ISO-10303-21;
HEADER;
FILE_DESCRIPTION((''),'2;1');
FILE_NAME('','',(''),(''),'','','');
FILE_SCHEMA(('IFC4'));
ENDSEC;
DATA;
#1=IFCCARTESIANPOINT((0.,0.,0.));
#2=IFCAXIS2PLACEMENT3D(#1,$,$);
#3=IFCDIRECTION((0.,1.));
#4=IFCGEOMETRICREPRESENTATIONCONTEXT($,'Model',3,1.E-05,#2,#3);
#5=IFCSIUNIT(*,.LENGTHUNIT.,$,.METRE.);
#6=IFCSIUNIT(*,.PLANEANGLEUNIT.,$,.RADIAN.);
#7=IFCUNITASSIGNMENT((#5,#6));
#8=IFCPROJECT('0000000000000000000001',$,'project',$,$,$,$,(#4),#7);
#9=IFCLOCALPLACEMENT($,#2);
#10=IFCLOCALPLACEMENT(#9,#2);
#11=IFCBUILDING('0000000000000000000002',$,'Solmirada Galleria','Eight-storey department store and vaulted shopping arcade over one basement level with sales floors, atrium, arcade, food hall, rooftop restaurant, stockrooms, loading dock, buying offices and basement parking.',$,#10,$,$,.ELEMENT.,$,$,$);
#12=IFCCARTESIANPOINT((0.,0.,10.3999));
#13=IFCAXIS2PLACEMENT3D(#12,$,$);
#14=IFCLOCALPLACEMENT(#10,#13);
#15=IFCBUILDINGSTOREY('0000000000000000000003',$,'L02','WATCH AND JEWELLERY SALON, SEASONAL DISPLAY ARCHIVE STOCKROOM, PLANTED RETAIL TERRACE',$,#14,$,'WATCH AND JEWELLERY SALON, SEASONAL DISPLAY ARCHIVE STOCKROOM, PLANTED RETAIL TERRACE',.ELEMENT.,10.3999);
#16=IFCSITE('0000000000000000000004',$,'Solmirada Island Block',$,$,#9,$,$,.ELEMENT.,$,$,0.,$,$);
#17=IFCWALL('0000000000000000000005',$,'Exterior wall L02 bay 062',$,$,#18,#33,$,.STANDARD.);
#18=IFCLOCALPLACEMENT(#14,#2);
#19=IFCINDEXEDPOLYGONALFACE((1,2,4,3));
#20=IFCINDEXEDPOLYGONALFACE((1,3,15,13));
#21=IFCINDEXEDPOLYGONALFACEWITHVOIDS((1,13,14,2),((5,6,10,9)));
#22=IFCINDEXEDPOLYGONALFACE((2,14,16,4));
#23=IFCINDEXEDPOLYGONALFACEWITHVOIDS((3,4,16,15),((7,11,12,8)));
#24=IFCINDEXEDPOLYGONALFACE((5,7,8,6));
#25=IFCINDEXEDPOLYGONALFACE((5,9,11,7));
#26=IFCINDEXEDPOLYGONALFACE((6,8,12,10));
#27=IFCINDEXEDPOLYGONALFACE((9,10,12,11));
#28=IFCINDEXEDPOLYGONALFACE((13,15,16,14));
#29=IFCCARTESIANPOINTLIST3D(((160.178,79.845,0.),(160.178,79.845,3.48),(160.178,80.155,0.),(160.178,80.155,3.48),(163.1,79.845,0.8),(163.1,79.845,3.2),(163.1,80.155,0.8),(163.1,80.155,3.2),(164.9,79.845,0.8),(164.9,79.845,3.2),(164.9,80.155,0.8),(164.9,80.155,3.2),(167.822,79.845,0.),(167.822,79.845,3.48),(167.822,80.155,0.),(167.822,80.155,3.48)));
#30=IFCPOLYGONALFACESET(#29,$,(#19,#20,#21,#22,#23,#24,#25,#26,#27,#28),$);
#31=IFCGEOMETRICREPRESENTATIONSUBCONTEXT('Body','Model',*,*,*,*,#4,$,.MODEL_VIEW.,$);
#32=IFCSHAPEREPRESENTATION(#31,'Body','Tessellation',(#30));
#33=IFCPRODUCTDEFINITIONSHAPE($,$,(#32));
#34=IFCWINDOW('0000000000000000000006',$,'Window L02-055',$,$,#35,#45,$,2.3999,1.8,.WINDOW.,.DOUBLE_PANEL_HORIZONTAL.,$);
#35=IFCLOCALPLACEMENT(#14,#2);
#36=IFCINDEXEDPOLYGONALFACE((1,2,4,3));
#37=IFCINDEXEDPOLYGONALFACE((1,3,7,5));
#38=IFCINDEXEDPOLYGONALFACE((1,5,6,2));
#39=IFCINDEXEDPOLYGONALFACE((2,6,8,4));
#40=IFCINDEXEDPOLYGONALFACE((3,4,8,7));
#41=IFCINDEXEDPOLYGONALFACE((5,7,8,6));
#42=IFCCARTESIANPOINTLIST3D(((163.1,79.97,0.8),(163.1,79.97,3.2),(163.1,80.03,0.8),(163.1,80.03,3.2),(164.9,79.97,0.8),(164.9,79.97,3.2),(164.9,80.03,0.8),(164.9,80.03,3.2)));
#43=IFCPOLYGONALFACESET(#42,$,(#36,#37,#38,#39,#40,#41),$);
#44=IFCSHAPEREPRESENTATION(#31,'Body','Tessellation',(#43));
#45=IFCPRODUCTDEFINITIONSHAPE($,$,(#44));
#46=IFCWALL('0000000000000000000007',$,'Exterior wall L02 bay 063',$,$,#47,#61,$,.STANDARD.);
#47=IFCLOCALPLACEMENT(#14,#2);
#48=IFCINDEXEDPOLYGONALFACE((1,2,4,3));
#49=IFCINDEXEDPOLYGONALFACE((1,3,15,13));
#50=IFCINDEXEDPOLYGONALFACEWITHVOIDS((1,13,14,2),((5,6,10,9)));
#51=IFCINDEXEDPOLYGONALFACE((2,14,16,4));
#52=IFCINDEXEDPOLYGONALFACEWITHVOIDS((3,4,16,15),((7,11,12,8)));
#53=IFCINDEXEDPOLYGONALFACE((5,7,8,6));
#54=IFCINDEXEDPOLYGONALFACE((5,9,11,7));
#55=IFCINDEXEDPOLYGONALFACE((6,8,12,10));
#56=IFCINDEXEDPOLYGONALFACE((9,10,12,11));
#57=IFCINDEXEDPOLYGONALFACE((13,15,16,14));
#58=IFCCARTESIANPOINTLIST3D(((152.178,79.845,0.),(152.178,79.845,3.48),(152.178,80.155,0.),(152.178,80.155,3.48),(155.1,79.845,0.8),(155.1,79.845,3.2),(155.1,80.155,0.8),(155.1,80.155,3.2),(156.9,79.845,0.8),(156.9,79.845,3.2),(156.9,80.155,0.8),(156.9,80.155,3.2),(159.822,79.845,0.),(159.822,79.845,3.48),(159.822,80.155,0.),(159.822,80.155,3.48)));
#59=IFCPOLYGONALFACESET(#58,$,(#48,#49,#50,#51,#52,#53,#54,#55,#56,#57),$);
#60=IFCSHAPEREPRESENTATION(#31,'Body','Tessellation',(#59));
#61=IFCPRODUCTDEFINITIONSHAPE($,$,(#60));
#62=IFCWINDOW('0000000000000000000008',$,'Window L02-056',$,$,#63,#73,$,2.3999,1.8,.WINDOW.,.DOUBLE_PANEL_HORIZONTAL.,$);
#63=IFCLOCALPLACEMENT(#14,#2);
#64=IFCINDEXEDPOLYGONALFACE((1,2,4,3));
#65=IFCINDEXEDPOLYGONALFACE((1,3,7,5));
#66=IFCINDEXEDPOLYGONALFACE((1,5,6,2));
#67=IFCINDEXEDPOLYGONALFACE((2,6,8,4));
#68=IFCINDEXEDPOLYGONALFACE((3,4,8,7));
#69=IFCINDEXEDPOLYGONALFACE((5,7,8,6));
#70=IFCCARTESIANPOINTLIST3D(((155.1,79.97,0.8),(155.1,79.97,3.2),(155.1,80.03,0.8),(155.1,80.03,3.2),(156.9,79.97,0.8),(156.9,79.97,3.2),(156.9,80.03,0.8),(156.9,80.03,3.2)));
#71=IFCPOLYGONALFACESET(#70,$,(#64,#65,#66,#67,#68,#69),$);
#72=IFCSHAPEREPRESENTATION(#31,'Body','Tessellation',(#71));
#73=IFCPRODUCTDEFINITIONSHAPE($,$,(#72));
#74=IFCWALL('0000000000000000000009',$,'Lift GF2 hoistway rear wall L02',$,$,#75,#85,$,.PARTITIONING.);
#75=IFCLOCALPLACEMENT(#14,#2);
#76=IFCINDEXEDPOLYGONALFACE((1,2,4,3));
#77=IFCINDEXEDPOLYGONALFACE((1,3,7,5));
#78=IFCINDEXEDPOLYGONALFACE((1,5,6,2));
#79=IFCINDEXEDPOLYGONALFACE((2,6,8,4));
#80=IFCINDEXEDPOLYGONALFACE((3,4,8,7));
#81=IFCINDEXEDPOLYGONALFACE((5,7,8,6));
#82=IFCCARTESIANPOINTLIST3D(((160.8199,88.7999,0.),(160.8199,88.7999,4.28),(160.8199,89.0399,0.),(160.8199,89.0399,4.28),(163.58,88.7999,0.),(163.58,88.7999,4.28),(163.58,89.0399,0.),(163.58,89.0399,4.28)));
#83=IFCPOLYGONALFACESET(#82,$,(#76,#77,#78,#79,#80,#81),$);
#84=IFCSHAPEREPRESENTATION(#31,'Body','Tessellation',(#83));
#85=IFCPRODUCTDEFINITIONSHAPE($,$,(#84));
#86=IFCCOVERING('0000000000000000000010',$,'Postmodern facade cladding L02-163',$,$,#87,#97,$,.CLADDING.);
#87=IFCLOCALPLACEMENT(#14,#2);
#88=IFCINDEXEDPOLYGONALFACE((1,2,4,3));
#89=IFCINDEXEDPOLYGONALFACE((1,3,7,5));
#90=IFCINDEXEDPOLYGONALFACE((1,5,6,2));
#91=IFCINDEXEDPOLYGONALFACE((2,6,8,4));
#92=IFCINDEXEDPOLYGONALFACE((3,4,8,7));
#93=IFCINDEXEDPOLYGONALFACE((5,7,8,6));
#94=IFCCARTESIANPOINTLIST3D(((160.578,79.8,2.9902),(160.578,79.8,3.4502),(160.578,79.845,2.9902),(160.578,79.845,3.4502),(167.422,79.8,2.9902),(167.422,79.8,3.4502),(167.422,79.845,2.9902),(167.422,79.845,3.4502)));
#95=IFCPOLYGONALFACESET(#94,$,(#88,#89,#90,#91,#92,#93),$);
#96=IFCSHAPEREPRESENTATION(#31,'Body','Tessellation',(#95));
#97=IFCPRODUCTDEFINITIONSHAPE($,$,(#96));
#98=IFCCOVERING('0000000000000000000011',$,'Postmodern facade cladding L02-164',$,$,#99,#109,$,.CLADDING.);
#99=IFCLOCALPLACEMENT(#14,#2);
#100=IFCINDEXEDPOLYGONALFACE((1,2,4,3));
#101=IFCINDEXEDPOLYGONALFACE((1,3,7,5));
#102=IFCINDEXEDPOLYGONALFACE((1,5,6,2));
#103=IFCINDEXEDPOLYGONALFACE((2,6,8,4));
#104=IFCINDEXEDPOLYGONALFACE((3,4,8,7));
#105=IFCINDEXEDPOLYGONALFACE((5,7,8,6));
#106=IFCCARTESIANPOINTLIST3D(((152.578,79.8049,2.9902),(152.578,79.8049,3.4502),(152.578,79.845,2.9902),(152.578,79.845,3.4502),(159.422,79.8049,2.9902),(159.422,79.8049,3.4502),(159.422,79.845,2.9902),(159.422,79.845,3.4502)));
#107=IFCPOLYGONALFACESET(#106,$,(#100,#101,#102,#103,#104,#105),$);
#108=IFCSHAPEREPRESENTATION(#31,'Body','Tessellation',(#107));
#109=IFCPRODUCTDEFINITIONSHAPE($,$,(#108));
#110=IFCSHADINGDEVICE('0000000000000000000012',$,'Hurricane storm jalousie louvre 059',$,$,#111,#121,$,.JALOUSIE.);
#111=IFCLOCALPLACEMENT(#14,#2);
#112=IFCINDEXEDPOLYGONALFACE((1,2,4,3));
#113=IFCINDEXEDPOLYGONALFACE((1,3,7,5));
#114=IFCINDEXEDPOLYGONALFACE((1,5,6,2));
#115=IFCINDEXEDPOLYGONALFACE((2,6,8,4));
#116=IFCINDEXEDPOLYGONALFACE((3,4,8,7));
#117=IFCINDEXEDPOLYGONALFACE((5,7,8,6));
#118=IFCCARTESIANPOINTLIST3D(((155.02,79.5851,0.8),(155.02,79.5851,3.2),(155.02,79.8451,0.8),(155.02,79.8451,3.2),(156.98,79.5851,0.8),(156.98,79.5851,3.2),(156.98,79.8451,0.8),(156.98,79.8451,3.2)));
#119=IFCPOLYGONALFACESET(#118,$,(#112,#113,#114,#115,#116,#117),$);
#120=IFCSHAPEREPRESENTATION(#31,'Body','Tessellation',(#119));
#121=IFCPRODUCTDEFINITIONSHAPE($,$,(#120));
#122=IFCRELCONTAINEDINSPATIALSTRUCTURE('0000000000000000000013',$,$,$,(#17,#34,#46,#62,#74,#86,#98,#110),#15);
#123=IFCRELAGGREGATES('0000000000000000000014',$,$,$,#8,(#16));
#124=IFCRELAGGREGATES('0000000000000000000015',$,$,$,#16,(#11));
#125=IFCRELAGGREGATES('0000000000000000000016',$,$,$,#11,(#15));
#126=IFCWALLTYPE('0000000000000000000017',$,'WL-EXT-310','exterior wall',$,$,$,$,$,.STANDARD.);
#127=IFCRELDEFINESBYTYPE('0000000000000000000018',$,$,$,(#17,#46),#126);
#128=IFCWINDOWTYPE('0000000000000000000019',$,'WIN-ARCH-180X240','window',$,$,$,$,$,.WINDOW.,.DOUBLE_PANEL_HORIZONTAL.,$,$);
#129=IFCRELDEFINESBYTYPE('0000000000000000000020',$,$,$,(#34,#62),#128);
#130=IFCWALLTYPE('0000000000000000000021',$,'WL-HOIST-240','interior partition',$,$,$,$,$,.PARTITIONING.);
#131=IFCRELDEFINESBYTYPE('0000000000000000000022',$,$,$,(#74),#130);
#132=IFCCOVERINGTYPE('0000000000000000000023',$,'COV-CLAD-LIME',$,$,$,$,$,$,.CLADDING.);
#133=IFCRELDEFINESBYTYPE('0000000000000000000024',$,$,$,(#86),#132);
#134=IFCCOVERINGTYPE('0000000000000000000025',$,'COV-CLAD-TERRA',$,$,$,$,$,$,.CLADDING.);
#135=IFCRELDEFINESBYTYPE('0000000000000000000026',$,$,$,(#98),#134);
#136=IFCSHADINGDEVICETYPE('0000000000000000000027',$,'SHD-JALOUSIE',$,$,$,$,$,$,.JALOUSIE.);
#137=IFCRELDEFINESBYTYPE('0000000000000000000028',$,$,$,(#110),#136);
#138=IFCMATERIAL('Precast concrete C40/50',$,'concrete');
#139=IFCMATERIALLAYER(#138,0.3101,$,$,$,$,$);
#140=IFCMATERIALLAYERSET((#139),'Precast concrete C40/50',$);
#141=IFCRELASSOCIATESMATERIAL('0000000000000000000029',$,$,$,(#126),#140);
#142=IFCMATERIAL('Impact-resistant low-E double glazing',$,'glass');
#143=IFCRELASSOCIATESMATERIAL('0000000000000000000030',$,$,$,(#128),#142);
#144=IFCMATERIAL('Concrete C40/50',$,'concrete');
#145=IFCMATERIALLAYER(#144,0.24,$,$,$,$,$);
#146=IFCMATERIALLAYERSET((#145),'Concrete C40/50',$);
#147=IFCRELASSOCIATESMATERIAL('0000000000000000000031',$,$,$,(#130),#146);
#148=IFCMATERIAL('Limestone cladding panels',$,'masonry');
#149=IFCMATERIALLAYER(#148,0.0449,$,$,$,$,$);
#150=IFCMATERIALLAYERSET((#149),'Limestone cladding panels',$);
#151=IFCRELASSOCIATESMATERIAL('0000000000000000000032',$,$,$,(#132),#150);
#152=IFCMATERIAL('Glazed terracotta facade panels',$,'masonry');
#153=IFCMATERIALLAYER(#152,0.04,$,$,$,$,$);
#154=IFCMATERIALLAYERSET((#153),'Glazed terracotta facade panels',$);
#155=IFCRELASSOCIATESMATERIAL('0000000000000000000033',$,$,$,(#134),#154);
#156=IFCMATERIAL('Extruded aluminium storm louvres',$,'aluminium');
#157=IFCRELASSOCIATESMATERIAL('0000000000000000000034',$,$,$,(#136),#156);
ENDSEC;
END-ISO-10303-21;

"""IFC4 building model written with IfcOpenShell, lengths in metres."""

from ifc_helpers import new_model, si_unit, direction, frame, frame_2d, origin, origin_2d, place, context, subcontext, project, spatial, rectangle, extrude, material, layer, layer_set, type_object, element, fill, save


model = new_model("IFC4")

# Units and contexts
model_context = context("Model", 3, precision=1e-05, world=origin(), true_north=direction((0.0, 1.0)))
body_context = subcontext(model_context, "Body", "Model", "MODEL_VIEW")
ifc_project = project(units=[si_unit("LENGTHUNIT", "METRE"), si_unit("PLANEANGLEUNIT", "RADIAN")], contexts=[model_context])

# Site, building, storey
site_placement = place(None, origin())
site = spatial("IfcSite", under=ifc_project, at=site_placement, Name="Solmirada Island Block", CompositionType="ELEMENT", RefElevation=0.0)
building_placement = place(site_placement, origin())
building = spatial("IfcBuilding", under=site, at=building_placement, Name="Solmirada Galleria", Description="Eight-storey department store and vaulted shopping arcade over one basement level with sales floors, atrium, arcade, food hall, rooftop restaurant, stockrooms, loading dock, buying offices and basement parking.", CompositionType="ELEMENT")
storey_placement = place(building_placement, frame((0.0, 0.0, 10.3999)))
storey = spatial("IfcBuildingStorey", under=building, at=storey_placement, Name="L02", Description="WATCH AND JEWELLERY SALON, SEASONAL DISPLAY ARCHIVE STOCKROOM, PLANTED RETAIL TERRACE", LongName="WATCH AND JEWELLERY SALON, SEASONAL DISPLAY ARCHIVE STOCKROOM, PLANTED RETAIL TERRACE", CompositionType="ELEMENT", Elevation=10.3999)

# Shared definitions
ifc_material_1 = material(Name="Concrete C40/50", Category="concrete")

# Walls, openings, windows
ifc_material_2 = material(Name="Precast concrete C40/50", Category="concrete")
ifc_layer_1 = layer(ifc_material_2, 0.3101)
ifc_layer_set_1 = layer_set([ifc_layer_1], Name="Precast concrete C40/50")
wall_type_1 = type_object("IfcWallType", Name="WL-EXT-310", Description="exterior wall", PredefinedType="STANDARD", material=ifc_layer_set_1)
wall_1_placement = place(storey_placement, frame((167.822, 80.0, 0.0), z_axis=(0.0, 0.0, 1.0), x_axis=(-1.0, 0.0, 0.0)))
wall_1 = element("IfcWall", 1, at=wall_1_placement, inside=storey, type_object=wall_type_1, Name="Exterior wall L02 bay 062", PredefinedType="STANDARD", context=body_context, shape_type="SweptSolid", body=[
    extrude(rectangle(XDim=7.644, YDim=0.3101, at=frame_2d((3.822, 0.0))), origin(), (0.0, 0.0, 1.0), 3.48),
])
opening_1_placement = place(wall_1_placement, frame((2.9221, 0.0, 0.8)))
opening_1 = element("IfcOpeningElement", 2, at=opening_1_placement, cuts=wall_1, PredefinedType="OPENING", context=body_context, shape_type="SweptSolid", body=[
    extrude(rectangle(XDim=1.8, YDim=2.3999, at=frame_2d((0.8999, 1.2))), frame((0.0, 0.165, 0.0), z_axis=(0.0, -1.0, 0.0), x_axis=(1.0, 0.0, 0.0)), (0.0, 0.0, 1.0), 0.3301),
])
ifc_material_3 = material(Name="Impact-resistant low-E double glazing", Category="glass")
window_type = type_object("IfcWindowType", Name="WIN-ARCH-180X240", Description="window", PartitioningType="DOUBLE_PANEL_HORIZONTAL", PredefinedType="WINDOW", material=ifc_material_3)
window_1_placement = place(opening_1_placement, origin())
window_1 = element("IfcWindow", 3, at=window_1_placement, inside=storey, type_object=window_type, Name="Window L02-055", OverallHeight=2.3999, OverallWidth=1.8, PartitioningType="DOUBLE_PANEL_HORIZONTAL", PredefinedType="WINDOW", context=body_context, shape_type="SweptSolid", body=[
    extrude(rectangle(XDim=1.8, YDim=2.3999, at=frame_2d((0.8999, 1.2))), frame((0.0, 0.03, 0.0), z_axis=(0.0, -1.0, 0.0), x_axis=(1.0, 0.0, 0.0)), (0.0, 0.0, 1.0), 0.0601),
])
fill(opening_1, window_1)
wall_2_placement = place(storey_placement, frame((159.822, 80.0, 0.0), z_axis=(0.0, 0.0, 1.0), x_axis=(-1.0, 0.0, 0.0)))
wall_2 = element("IfcWall", 4, at=wall_2_placement, inside=storey, type_object=wall_type_1, Name="Exterior wall L02 bay 063", PredefinedType="STANDARD", context=body_context, shape_type="SweptSolid", body=[
    extrude(rectangle(XDim=7.644, YDim=0.3101, at=frame_2d((3.822, 0.0))), origin(), (0.0, 0.0, 1.0), 3.48),
])
opening_2_placement = place(wall_2_placement, frame((2.9221, 0.0, 0.8)))
opening_2 = element("IfcOpeningElement", 5, at=opening_2_placement, cuts=wall_2, PredefinedType="OPENING", context=body_context, shape_type="SweptSolid", body=[
    extrude(rectangle(XDim=1.8, YDim=2.3999, at=frame_2d((0.8999, 1.2))), frame((0.0, 0.165, 0.0), z_axis=(0.0, -1.0, 0.0), x_axis=(1.0, 0.0, 0.0)), (0.0, 0.0, 1.0), 0.3301),
])
window_2_placement = place(opening_2_placement, origin())
window_2 = element("IfcWindow", 6, at=window_2_placement, inside=storey, type_object=window_type, Name="Window L02-056", OverallHeight=2.3999, OverallWidth=1.8, PartitioningType="DOUBLE_PANEL_HORIZONTAL", PredefinedType="WINDOW", context=body_context, shape_type="SweptSolid", body=[
    extrude(rectangle(XDim=1.8, YDim=2.3999, at=frame_2d((0.8999, 1.2))), frame((0.0, 0.03, 0.0), z_axis=(0.0, -1.0, 0.0), x_axis=(1.0, 0.0, 0.0)), (0.0, 0.0, 1.0), 0.0601),
])
fill(opening_2, window_2)

# Wall
ifc_layer_2 = layer(ifc_material_1, 0.24)
ifc_layer_set_2 = layer_set([ifc_layer_2], Name="Concrete C40/50")
wall_type_2 = type_object("IfcWallType", Name="WL-HOIST-240", Description="interior partition", PredefinedType="PARTITIONING", material=ifc_layer_set_2)
wall_3_placement = place(storey_placement, frame((160.8201, 88.9199, 0.0), z_axis=(0.0, 0.0, 1.0), x_axis=(1.0, 0.0, 0.0)))
element("IfcWall", 7, at=wall_3_placement, inside=storey, type_object=wall_type_2, Name="Lift GF2 hoistway rear wall L02", PredefinedType="PARTITIONING", context=body_context, shape_type="SweptSolid", body=[
    extrude(rectangle(XDim=2.76, YDim=0.24, at=frame_2d((1.3799, 0.0))), origin(), (0.0, 0.0, 1.0), 4.28),
])

# Coverings
ifc_material_4 = material(Name="Limestone cladding panels", Category="masonry")
ifc_layer_3 = layer(ifc_material_4, 0.0449)
ifc_layer_set_3 = layer_set([ifc_layer_3], Name="Limestone cladding panels")
covering_type_1 = type_object("IfcCoveringType", Name="COV-CLAD-LIME", PredefinedType="CLADDING", material=ifc_layer_set_3)
covering_1_placement = place(storey_placement, frame((164.0, 79.8225, 2.9902), z_axis=(0.0, 0.0, 1.0), x_axis=(-1.0, 0.0, 0.0)))
element("IfcCovering", 8, at=covering_1_placement, inside=storey, type_object=covering_type_1, Name="Postmodern facade cladding L02-163", PredefinedType="CLADDING", context=body_context, shape_type="SweptSolid", body=[
    extrude(rectangle(XDim=6.844, YDim=0.0449, at=origin_2d()), origin(), (0.0, 0.0, 1.0), 0.46),
])
ifc_material_5 = material(Name="Glazed terracotta facade panels", Category="masonry")
ifc_layer_4 = layer(ifc_material_5, 0.04)
ifc_layer_set_4 = layer_set([ifc_layer_4], Name="Glazed terracotta facade panels")
covering_type_2 = type_object("IfcCoveringType", Name="COV-CLAD-TERRA", PredefinedType="CLADDING", material=ifc_layer_set_4)
covering_2_placement = place(storey_placement, frame((156.0, 79.825, 2.9902), z_axis=(0.0, 0.0, 1.0), x_axis=(-1.0, 0.0, 0.0)))
element("IfcCovering", 9, at=covering_2_placement, inside=storey, type_object=covering_type_2, Name="Postmodern facade cladding L02-164", PredefinedType="CLADDING", context=body_context, shape_type="SweptSolid", body=[
    extrude(rectangle(XDim=6.844, YDim=0.04, at=origin_2d()), origin(), (0.0, 0.0, 1.0), 0.46),
])

# Shading device
ifc_material_6 = material(Name="Extruded aluminium storm louvres", Category="aluminium")
shading_device_type = type_object("IfcShadingDeviceType", Name="SHD-JALOUSIE", PredefinedType="JALOUSIE", material=ifc_material_6)
shading_device_placement = place(storey_placement, frame((156.0, 79.7151, 0.8), z_axis=(0.0, 0.0, 1.0), x_axis=(-1.0, 0.0, 0.0)))
element("IfcShadingDevice", 10, at=shading_device_placement, inside=storey, type_object=shading_device_type, Name="Hurricane storm jalousie louvre 059", PredefinedType="JALOUSIE", context=body_context, shape_type="SweptSolid", body=[
    extrude(rectangle(XDim=1.96, YDim=0.26, at=origin_2d()), origin(), (0.0, 0.0, 1.0), 2.3999),
])

save(model, "model.ifc")
